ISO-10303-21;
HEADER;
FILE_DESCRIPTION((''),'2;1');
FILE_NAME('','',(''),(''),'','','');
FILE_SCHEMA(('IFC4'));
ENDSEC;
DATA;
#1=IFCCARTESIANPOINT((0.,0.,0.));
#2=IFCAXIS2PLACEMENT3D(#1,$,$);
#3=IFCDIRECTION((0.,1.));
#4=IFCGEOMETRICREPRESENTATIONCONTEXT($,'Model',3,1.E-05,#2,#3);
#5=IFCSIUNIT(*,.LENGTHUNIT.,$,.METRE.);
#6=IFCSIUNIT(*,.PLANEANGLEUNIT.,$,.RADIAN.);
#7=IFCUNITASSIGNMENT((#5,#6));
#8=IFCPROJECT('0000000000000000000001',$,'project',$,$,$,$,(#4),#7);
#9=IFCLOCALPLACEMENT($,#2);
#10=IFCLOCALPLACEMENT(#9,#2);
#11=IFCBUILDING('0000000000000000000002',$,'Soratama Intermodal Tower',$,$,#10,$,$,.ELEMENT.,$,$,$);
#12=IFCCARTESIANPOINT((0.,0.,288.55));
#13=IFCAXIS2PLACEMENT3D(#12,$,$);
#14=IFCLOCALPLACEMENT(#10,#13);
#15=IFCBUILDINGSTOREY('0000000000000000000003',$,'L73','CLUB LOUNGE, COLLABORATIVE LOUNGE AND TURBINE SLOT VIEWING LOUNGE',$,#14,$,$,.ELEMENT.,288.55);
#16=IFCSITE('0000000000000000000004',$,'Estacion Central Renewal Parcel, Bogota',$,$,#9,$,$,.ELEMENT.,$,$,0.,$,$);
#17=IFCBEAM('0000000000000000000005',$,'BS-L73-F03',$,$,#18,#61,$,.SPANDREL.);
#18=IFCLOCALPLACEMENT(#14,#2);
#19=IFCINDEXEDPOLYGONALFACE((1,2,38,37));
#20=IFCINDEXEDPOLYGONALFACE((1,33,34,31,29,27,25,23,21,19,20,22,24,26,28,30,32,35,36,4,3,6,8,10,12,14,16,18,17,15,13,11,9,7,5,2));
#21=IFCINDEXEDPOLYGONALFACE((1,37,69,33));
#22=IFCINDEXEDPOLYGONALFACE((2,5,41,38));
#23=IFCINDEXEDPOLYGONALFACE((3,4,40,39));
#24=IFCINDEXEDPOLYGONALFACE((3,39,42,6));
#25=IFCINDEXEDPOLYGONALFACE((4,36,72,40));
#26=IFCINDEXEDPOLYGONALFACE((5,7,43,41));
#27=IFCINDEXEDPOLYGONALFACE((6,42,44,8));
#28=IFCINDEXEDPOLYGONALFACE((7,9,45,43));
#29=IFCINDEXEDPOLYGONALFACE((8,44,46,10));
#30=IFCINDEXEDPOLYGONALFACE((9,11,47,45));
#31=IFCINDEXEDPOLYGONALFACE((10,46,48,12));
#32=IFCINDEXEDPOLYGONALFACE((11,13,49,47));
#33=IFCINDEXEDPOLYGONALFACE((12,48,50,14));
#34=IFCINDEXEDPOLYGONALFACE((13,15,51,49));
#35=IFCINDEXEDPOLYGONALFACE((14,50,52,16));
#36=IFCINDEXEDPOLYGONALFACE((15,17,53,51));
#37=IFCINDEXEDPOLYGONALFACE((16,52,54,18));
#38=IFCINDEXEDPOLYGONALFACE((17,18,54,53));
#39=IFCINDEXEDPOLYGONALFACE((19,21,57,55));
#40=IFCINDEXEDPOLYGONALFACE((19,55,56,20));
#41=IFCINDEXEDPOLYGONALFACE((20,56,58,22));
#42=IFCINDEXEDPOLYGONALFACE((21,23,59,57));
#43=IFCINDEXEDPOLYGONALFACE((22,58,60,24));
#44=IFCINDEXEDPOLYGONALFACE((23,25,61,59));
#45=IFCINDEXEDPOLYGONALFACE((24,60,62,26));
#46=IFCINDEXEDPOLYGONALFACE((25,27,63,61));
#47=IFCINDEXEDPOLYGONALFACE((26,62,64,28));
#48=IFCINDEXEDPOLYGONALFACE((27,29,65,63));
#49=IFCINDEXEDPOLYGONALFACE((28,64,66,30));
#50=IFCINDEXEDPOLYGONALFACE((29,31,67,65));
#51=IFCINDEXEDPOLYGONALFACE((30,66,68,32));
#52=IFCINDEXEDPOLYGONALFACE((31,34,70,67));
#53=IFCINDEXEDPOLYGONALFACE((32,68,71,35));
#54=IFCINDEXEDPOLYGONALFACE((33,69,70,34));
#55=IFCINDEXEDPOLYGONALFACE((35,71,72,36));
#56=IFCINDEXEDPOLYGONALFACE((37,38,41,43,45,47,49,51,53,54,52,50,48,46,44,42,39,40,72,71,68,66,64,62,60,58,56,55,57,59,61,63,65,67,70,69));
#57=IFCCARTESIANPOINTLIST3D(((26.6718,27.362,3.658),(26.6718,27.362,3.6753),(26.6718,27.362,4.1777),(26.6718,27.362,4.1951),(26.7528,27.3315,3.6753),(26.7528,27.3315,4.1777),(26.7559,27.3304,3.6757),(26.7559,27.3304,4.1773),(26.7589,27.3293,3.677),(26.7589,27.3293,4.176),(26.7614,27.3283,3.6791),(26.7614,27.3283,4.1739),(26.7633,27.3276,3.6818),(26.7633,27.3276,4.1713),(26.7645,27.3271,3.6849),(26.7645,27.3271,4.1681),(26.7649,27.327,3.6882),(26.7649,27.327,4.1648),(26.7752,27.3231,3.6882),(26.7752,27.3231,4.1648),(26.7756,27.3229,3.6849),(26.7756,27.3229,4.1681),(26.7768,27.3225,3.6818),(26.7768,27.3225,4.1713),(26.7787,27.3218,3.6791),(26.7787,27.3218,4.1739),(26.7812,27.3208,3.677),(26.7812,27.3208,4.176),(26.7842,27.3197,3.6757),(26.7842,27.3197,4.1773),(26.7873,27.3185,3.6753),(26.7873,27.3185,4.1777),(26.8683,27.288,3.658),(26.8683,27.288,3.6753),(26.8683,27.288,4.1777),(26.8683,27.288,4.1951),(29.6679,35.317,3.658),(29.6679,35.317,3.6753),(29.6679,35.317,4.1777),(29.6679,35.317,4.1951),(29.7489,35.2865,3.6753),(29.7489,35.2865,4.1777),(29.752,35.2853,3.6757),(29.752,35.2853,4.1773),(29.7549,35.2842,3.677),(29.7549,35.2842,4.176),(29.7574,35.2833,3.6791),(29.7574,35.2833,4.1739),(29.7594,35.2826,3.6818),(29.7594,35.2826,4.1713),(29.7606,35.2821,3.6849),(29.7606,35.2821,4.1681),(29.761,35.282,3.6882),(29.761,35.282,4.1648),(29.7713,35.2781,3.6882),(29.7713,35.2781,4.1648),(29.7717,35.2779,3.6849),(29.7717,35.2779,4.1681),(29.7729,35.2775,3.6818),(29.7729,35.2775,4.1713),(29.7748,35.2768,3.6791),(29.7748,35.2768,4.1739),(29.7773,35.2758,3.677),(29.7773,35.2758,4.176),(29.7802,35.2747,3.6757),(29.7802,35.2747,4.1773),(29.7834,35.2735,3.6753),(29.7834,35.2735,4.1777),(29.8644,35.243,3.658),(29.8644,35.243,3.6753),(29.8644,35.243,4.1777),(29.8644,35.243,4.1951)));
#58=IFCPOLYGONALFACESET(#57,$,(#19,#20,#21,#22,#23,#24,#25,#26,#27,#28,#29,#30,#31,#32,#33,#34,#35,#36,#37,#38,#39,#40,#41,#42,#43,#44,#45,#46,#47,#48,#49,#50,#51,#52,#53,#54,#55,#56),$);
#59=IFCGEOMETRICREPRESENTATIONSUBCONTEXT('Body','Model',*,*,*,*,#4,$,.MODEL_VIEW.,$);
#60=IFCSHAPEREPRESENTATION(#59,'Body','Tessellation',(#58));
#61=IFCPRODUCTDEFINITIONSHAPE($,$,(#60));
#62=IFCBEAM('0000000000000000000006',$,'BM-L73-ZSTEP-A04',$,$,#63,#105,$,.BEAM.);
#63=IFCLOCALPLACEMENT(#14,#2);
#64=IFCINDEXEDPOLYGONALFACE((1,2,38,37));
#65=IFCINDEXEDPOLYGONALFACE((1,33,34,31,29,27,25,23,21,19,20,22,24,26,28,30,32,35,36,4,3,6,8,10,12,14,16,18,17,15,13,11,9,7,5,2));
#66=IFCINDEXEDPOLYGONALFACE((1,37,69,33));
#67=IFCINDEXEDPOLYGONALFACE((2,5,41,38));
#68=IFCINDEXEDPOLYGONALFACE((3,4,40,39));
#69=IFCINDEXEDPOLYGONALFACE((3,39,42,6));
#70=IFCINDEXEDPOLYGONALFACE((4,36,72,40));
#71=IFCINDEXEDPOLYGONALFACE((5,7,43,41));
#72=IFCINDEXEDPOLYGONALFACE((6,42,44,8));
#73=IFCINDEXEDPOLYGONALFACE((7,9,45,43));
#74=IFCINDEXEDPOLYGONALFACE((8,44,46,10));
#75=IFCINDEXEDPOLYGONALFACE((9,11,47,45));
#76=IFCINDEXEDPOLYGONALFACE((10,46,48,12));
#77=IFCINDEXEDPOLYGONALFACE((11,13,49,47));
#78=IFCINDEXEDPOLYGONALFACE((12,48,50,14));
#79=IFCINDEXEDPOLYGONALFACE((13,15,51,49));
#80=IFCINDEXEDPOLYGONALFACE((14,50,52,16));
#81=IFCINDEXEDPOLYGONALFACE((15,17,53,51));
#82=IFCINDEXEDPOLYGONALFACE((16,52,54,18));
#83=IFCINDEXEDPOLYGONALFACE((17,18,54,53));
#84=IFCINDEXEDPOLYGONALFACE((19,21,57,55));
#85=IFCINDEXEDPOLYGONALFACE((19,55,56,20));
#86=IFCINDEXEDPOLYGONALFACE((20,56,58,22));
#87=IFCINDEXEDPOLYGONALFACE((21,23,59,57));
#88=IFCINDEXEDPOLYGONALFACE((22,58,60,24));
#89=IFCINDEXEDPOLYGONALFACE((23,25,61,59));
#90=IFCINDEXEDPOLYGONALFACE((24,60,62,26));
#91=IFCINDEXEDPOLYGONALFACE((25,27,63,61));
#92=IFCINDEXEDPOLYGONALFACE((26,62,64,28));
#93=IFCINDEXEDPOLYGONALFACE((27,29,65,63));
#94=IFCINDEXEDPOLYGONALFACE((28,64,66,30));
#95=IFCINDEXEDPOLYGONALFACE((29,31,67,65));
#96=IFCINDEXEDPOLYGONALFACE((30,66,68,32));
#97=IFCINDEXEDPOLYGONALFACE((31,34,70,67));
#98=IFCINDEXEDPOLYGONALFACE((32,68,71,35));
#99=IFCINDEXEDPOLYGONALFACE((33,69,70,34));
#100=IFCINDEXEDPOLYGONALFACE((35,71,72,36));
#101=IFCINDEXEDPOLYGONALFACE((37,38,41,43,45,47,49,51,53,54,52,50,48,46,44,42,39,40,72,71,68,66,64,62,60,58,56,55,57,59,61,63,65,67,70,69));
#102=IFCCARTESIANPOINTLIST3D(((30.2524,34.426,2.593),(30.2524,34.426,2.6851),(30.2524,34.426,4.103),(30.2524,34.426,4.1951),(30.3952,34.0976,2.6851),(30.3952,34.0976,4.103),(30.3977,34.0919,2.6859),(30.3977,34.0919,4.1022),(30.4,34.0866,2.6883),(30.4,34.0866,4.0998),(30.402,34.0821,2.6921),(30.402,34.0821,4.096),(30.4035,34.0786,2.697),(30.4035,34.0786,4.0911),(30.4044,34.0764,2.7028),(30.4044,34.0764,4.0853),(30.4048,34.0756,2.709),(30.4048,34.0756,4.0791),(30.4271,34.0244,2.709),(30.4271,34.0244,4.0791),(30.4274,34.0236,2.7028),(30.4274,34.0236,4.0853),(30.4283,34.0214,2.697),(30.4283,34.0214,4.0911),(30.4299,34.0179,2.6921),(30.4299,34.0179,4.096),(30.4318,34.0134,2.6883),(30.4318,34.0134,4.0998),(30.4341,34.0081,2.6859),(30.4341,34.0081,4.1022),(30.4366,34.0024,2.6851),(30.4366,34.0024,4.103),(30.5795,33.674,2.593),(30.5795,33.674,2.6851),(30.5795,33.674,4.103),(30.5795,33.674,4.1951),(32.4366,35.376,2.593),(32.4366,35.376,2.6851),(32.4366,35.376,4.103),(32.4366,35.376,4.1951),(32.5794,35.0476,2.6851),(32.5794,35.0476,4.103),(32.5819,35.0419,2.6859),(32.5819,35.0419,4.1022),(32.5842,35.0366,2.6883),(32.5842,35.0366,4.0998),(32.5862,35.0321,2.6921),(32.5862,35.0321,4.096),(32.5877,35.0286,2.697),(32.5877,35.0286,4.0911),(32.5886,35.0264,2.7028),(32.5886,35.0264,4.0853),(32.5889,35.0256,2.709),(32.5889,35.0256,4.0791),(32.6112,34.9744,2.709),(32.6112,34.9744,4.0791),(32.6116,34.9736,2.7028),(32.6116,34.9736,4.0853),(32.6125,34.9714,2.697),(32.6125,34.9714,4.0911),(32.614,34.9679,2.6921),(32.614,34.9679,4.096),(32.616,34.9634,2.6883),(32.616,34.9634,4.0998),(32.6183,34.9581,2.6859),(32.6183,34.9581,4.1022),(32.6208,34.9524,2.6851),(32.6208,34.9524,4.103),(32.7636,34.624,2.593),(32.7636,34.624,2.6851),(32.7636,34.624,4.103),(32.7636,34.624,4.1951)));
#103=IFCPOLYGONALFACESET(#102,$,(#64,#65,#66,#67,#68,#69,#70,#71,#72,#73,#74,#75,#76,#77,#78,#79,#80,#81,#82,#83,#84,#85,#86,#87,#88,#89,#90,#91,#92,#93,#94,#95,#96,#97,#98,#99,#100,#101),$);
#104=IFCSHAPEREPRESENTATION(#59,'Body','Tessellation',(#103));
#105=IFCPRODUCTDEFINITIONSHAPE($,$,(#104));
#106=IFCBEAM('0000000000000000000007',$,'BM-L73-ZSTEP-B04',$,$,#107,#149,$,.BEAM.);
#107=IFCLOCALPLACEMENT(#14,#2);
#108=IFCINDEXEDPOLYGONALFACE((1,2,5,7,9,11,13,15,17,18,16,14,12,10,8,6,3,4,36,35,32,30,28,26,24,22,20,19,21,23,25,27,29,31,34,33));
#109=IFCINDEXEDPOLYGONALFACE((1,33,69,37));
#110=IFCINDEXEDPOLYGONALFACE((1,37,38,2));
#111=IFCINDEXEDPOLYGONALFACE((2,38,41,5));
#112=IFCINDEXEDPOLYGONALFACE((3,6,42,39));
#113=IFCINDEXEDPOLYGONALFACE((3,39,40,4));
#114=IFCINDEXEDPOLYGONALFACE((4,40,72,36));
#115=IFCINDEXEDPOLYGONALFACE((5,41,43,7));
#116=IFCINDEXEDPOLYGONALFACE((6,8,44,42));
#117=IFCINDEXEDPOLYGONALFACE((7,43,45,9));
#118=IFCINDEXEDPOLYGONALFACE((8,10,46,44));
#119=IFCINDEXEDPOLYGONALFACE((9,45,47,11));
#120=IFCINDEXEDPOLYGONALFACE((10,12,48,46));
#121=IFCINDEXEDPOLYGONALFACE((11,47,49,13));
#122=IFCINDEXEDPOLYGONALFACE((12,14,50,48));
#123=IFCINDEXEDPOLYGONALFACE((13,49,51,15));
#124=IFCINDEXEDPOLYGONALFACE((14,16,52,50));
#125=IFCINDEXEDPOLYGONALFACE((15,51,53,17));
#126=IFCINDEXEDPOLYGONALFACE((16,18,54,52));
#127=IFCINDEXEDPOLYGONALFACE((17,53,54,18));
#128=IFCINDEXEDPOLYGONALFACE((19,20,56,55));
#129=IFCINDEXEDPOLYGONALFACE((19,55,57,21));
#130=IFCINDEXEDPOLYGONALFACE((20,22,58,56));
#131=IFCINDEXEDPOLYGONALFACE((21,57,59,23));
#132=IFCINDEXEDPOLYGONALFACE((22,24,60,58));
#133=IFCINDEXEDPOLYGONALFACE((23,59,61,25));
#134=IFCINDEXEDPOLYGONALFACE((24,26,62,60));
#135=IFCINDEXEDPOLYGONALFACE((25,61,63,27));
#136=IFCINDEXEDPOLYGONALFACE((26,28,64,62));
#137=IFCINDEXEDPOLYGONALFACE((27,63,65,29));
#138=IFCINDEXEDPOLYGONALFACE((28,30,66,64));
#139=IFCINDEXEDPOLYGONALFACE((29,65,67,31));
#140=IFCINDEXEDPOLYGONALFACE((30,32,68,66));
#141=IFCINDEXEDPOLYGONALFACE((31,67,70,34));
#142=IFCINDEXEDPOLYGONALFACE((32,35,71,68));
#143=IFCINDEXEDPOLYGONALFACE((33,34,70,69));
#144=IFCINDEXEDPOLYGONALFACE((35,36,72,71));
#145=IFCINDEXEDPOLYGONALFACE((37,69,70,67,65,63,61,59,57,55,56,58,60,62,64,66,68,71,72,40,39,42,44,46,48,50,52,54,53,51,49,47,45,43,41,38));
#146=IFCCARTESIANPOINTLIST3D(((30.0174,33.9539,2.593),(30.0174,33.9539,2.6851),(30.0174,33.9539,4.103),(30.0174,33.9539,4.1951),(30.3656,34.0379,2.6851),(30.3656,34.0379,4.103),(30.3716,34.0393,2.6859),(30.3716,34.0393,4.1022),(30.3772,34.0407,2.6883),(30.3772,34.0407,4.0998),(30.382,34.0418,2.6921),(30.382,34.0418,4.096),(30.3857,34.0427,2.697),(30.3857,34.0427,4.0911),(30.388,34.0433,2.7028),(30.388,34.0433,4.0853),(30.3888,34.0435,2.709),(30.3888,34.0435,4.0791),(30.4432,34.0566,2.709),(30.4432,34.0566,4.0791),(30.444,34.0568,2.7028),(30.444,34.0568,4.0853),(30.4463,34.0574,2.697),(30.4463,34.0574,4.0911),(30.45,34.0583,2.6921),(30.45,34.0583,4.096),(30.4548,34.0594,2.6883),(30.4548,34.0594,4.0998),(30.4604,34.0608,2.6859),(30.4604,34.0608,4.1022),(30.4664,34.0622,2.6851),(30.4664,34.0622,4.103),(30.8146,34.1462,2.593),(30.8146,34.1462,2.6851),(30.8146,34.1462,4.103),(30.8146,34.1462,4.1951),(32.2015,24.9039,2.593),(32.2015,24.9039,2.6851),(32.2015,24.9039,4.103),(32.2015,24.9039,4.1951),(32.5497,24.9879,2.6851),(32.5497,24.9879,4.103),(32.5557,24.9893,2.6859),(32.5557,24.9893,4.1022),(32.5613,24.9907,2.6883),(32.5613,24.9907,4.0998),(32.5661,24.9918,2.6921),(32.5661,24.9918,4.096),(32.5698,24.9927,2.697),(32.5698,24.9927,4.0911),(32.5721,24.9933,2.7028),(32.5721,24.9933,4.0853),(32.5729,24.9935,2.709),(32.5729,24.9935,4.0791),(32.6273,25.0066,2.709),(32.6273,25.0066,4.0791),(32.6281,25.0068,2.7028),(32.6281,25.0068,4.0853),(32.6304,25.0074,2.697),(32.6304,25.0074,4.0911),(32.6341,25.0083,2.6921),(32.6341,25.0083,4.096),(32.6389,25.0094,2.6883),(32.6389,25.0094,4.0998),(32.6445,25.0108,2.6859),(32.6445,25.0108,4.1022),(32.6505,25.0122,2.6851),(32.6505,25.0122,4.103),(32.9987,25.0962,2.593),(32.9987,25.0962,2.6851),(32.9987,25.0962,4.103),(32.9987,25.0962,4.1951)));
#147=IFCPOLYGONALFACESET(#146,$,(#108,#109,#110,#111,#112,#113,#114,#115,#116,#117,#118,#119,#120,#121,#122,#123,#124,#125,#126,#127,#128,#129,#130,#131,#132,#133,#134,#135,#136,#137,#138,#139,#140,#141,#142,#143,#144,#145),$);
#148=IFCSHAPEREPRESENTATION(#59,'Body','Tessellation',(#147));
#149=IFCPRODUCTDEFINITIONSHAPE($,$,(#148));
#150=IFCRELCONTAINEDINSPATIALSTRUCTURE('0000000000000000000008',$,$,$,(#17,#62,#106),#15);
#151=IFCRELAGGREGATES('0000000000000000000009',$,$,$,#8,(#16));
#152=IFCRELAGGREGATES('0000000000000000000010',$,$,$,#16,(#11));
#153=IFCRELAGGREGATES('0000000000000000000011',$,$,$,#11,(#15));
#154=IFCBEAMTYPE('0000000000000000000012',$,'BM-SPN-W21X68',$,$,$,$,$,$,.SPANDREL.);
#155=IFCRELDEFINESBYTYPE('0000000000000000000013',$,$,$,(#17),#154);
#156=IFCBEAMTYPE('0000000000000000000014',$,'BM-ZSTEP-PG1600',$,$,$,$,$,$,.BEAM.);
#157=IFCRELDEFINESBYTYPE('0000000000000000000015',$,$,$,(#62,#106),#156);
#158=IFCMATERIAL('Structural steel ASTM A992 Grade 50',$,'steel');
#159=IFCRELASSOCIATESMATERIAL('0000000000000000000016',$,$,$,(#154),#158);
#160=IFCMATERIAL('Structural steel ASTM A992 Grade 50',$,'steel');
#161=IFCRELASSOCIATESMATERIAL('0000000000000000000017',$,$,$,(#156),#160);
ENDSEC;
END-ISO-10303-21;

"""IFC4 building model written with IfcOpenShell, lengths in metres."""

from ifc_helpers import new_model, si_unit, direction, frame, origin, origin_2d, place, context, subcontext, project, spatial, i_section, extrude, material, material_profile, profile_set, type_object, element, save


model = new_model("IFC4")

# Units and contexts
model_context = context("Model", 3, precision=1e-05, world=origin(), true_north=direction((0.0, 1.0)))
body_context = subcontext(model_context, "Body", "Model", "MODEL_VIEW")
ifc_project = project(units=[si_unit("LENGTHUNIT", "METRE"), si_unit("PLANEANGLEUNIT", "RADIAN")], contexts=[model_context])

# Site, building, storey
site_placement = place(None, origin())
site = spatial("IfcSite", under=ifc_project, at=site_placement, Name="Estacion Central Renewal Parcel, Bogota", CompositionType="ELEMENT", RefElevation=0.0)
building_placement = place(site_placement, origin())
building = spatial("IfcBuilding", under=site, at=building_placement, Name="Soratama Intermodal Tower", CompositionType="ELEMENT")
storey_placement = place(building_placement, frame((0.0, 0.0, 288.55)))
storey = spatial("IfcBuildingStorey", under=building, at=storey_placement, Name="L73", Description="CLUB LOUNGE, COLLABORATIVE LOUNGE AND TURBINE SLOT VIEWING LOUNGE", CompositionType="ELEMENT", Elevation=288.55)

# Beams
ifc_material_1 = material(Name="Structural steel ASTM A992 Grade 50", Category="steel")
ifc_material_profile_1 = material_profile(ifc_material_1, i_section(OverallWidth=0.21, OverallDepth=0.5371, WebThickness=0.011, FlangeThickness=0.0173, FilletRadius=0.0129, at=origin_2d()), Name="W21X68")
ifc_profile_set_1 = profile_set([ifc_material_profile_1], Name="Structural steel ASTM A992 Grade 50")
beam_type_1 = type_object("IfcBeamType", Name="BM-SPN-W21X68", PredefinedType="SPANDREL", material=ifc_profile_set_1)
beam_1_placement = place(storey_placement, frame((29.7661, 35.28, 3.9265), z_axis=(-0.352458, -0.935828, 0.0), x_axis=(0.935828, -0.352458, 0.0)))
element("IfcBeam", 1, at=beam_1_placement, inside=storey, type_object=beam_type_1, Name="BS-L73-F03", PredefinedType="SPANDREL", context=body_context, shape_type="SweptSolid", body=[
    extrude(i_section(OverallWidth=0.21, OverallDepth=0.5371, WebThickness=0.011, FlangeThickness=0.0173, FilletRadius=0.0129, at=origin_2d()), origin(), (0.0, 0.0, 1.0), 8.5005),
])
ifc_material_2 = material(Name="Structural steel ASTM A992 Grade 50", Category="steel")
ifc_material_profile_2 = material_profile(ifc_material_2, i_section(OverallWidth=0.8201, OverallDepth=1.6021, WebThickness=0.0559, FlangeThickness=0.092, FilletRadius=0.0239, at=origin_2d()), Name="PG1600X650")
ifc_profile_set_2 = profile_set([ifc_material_profile_2], Name="Structural steel ASTM A992 Grade 50")
beam_type_2 = type_object("IfcBeamType", Name="BM-ZSTEP-PG1600", PredefinedType="BEAM", material=ifc_profile_set_2)
beam_2_placement = place(storey_placement, frame((32.6001, 35.0, 3.394), z_axis=(-0.917016, -0.39885, 0.0), x_axis=(0.39885, -0.917016, 0.0)))
element("IfcBeam", 2, at=beam_2_placement, inside=storey, type_object=beam_type_2, Name="BM-L73-ZSTEP-A04", PredefinedType="BEAM", context=body_context, shape_type="SweptSolid", body=[
    extrude(i_section(OverallWidth=0.8201, OverallDepth=1.6021, WebThickness=0.0559, FlangeThickness=0.092, FilletRadius=0.0239, at=origin_2d()), origin(), (0.0, 0.0, 1.0), 2.3818),
])
beam_3_placement = place(storey_placement, frame((30.416, 34.05, 3.394), z_axis=(0.234599, -0.972092, 0.0), x_axis=(0.972092, 0.234599, 0.0)))
element("IfcBeam", 3, at=beam_3_placement, inside=storey, type_object=beam_type_2, Name="BM-L73-ZSTEP-B04", PredefinedType="BEAM", context=body_context, shape_type="SweptSolid", body=[
    extrude(i_section(OverallWidth=0.8201, OverallDepth=1.6021, WebThickness=0.0559, FlangeThickness=0.092, FilletRadius=0.0239, at=origin_2d()), origin(), (0.0, 0.0, 1.0), 9.3098),
])

save(model, "model.ifc")
